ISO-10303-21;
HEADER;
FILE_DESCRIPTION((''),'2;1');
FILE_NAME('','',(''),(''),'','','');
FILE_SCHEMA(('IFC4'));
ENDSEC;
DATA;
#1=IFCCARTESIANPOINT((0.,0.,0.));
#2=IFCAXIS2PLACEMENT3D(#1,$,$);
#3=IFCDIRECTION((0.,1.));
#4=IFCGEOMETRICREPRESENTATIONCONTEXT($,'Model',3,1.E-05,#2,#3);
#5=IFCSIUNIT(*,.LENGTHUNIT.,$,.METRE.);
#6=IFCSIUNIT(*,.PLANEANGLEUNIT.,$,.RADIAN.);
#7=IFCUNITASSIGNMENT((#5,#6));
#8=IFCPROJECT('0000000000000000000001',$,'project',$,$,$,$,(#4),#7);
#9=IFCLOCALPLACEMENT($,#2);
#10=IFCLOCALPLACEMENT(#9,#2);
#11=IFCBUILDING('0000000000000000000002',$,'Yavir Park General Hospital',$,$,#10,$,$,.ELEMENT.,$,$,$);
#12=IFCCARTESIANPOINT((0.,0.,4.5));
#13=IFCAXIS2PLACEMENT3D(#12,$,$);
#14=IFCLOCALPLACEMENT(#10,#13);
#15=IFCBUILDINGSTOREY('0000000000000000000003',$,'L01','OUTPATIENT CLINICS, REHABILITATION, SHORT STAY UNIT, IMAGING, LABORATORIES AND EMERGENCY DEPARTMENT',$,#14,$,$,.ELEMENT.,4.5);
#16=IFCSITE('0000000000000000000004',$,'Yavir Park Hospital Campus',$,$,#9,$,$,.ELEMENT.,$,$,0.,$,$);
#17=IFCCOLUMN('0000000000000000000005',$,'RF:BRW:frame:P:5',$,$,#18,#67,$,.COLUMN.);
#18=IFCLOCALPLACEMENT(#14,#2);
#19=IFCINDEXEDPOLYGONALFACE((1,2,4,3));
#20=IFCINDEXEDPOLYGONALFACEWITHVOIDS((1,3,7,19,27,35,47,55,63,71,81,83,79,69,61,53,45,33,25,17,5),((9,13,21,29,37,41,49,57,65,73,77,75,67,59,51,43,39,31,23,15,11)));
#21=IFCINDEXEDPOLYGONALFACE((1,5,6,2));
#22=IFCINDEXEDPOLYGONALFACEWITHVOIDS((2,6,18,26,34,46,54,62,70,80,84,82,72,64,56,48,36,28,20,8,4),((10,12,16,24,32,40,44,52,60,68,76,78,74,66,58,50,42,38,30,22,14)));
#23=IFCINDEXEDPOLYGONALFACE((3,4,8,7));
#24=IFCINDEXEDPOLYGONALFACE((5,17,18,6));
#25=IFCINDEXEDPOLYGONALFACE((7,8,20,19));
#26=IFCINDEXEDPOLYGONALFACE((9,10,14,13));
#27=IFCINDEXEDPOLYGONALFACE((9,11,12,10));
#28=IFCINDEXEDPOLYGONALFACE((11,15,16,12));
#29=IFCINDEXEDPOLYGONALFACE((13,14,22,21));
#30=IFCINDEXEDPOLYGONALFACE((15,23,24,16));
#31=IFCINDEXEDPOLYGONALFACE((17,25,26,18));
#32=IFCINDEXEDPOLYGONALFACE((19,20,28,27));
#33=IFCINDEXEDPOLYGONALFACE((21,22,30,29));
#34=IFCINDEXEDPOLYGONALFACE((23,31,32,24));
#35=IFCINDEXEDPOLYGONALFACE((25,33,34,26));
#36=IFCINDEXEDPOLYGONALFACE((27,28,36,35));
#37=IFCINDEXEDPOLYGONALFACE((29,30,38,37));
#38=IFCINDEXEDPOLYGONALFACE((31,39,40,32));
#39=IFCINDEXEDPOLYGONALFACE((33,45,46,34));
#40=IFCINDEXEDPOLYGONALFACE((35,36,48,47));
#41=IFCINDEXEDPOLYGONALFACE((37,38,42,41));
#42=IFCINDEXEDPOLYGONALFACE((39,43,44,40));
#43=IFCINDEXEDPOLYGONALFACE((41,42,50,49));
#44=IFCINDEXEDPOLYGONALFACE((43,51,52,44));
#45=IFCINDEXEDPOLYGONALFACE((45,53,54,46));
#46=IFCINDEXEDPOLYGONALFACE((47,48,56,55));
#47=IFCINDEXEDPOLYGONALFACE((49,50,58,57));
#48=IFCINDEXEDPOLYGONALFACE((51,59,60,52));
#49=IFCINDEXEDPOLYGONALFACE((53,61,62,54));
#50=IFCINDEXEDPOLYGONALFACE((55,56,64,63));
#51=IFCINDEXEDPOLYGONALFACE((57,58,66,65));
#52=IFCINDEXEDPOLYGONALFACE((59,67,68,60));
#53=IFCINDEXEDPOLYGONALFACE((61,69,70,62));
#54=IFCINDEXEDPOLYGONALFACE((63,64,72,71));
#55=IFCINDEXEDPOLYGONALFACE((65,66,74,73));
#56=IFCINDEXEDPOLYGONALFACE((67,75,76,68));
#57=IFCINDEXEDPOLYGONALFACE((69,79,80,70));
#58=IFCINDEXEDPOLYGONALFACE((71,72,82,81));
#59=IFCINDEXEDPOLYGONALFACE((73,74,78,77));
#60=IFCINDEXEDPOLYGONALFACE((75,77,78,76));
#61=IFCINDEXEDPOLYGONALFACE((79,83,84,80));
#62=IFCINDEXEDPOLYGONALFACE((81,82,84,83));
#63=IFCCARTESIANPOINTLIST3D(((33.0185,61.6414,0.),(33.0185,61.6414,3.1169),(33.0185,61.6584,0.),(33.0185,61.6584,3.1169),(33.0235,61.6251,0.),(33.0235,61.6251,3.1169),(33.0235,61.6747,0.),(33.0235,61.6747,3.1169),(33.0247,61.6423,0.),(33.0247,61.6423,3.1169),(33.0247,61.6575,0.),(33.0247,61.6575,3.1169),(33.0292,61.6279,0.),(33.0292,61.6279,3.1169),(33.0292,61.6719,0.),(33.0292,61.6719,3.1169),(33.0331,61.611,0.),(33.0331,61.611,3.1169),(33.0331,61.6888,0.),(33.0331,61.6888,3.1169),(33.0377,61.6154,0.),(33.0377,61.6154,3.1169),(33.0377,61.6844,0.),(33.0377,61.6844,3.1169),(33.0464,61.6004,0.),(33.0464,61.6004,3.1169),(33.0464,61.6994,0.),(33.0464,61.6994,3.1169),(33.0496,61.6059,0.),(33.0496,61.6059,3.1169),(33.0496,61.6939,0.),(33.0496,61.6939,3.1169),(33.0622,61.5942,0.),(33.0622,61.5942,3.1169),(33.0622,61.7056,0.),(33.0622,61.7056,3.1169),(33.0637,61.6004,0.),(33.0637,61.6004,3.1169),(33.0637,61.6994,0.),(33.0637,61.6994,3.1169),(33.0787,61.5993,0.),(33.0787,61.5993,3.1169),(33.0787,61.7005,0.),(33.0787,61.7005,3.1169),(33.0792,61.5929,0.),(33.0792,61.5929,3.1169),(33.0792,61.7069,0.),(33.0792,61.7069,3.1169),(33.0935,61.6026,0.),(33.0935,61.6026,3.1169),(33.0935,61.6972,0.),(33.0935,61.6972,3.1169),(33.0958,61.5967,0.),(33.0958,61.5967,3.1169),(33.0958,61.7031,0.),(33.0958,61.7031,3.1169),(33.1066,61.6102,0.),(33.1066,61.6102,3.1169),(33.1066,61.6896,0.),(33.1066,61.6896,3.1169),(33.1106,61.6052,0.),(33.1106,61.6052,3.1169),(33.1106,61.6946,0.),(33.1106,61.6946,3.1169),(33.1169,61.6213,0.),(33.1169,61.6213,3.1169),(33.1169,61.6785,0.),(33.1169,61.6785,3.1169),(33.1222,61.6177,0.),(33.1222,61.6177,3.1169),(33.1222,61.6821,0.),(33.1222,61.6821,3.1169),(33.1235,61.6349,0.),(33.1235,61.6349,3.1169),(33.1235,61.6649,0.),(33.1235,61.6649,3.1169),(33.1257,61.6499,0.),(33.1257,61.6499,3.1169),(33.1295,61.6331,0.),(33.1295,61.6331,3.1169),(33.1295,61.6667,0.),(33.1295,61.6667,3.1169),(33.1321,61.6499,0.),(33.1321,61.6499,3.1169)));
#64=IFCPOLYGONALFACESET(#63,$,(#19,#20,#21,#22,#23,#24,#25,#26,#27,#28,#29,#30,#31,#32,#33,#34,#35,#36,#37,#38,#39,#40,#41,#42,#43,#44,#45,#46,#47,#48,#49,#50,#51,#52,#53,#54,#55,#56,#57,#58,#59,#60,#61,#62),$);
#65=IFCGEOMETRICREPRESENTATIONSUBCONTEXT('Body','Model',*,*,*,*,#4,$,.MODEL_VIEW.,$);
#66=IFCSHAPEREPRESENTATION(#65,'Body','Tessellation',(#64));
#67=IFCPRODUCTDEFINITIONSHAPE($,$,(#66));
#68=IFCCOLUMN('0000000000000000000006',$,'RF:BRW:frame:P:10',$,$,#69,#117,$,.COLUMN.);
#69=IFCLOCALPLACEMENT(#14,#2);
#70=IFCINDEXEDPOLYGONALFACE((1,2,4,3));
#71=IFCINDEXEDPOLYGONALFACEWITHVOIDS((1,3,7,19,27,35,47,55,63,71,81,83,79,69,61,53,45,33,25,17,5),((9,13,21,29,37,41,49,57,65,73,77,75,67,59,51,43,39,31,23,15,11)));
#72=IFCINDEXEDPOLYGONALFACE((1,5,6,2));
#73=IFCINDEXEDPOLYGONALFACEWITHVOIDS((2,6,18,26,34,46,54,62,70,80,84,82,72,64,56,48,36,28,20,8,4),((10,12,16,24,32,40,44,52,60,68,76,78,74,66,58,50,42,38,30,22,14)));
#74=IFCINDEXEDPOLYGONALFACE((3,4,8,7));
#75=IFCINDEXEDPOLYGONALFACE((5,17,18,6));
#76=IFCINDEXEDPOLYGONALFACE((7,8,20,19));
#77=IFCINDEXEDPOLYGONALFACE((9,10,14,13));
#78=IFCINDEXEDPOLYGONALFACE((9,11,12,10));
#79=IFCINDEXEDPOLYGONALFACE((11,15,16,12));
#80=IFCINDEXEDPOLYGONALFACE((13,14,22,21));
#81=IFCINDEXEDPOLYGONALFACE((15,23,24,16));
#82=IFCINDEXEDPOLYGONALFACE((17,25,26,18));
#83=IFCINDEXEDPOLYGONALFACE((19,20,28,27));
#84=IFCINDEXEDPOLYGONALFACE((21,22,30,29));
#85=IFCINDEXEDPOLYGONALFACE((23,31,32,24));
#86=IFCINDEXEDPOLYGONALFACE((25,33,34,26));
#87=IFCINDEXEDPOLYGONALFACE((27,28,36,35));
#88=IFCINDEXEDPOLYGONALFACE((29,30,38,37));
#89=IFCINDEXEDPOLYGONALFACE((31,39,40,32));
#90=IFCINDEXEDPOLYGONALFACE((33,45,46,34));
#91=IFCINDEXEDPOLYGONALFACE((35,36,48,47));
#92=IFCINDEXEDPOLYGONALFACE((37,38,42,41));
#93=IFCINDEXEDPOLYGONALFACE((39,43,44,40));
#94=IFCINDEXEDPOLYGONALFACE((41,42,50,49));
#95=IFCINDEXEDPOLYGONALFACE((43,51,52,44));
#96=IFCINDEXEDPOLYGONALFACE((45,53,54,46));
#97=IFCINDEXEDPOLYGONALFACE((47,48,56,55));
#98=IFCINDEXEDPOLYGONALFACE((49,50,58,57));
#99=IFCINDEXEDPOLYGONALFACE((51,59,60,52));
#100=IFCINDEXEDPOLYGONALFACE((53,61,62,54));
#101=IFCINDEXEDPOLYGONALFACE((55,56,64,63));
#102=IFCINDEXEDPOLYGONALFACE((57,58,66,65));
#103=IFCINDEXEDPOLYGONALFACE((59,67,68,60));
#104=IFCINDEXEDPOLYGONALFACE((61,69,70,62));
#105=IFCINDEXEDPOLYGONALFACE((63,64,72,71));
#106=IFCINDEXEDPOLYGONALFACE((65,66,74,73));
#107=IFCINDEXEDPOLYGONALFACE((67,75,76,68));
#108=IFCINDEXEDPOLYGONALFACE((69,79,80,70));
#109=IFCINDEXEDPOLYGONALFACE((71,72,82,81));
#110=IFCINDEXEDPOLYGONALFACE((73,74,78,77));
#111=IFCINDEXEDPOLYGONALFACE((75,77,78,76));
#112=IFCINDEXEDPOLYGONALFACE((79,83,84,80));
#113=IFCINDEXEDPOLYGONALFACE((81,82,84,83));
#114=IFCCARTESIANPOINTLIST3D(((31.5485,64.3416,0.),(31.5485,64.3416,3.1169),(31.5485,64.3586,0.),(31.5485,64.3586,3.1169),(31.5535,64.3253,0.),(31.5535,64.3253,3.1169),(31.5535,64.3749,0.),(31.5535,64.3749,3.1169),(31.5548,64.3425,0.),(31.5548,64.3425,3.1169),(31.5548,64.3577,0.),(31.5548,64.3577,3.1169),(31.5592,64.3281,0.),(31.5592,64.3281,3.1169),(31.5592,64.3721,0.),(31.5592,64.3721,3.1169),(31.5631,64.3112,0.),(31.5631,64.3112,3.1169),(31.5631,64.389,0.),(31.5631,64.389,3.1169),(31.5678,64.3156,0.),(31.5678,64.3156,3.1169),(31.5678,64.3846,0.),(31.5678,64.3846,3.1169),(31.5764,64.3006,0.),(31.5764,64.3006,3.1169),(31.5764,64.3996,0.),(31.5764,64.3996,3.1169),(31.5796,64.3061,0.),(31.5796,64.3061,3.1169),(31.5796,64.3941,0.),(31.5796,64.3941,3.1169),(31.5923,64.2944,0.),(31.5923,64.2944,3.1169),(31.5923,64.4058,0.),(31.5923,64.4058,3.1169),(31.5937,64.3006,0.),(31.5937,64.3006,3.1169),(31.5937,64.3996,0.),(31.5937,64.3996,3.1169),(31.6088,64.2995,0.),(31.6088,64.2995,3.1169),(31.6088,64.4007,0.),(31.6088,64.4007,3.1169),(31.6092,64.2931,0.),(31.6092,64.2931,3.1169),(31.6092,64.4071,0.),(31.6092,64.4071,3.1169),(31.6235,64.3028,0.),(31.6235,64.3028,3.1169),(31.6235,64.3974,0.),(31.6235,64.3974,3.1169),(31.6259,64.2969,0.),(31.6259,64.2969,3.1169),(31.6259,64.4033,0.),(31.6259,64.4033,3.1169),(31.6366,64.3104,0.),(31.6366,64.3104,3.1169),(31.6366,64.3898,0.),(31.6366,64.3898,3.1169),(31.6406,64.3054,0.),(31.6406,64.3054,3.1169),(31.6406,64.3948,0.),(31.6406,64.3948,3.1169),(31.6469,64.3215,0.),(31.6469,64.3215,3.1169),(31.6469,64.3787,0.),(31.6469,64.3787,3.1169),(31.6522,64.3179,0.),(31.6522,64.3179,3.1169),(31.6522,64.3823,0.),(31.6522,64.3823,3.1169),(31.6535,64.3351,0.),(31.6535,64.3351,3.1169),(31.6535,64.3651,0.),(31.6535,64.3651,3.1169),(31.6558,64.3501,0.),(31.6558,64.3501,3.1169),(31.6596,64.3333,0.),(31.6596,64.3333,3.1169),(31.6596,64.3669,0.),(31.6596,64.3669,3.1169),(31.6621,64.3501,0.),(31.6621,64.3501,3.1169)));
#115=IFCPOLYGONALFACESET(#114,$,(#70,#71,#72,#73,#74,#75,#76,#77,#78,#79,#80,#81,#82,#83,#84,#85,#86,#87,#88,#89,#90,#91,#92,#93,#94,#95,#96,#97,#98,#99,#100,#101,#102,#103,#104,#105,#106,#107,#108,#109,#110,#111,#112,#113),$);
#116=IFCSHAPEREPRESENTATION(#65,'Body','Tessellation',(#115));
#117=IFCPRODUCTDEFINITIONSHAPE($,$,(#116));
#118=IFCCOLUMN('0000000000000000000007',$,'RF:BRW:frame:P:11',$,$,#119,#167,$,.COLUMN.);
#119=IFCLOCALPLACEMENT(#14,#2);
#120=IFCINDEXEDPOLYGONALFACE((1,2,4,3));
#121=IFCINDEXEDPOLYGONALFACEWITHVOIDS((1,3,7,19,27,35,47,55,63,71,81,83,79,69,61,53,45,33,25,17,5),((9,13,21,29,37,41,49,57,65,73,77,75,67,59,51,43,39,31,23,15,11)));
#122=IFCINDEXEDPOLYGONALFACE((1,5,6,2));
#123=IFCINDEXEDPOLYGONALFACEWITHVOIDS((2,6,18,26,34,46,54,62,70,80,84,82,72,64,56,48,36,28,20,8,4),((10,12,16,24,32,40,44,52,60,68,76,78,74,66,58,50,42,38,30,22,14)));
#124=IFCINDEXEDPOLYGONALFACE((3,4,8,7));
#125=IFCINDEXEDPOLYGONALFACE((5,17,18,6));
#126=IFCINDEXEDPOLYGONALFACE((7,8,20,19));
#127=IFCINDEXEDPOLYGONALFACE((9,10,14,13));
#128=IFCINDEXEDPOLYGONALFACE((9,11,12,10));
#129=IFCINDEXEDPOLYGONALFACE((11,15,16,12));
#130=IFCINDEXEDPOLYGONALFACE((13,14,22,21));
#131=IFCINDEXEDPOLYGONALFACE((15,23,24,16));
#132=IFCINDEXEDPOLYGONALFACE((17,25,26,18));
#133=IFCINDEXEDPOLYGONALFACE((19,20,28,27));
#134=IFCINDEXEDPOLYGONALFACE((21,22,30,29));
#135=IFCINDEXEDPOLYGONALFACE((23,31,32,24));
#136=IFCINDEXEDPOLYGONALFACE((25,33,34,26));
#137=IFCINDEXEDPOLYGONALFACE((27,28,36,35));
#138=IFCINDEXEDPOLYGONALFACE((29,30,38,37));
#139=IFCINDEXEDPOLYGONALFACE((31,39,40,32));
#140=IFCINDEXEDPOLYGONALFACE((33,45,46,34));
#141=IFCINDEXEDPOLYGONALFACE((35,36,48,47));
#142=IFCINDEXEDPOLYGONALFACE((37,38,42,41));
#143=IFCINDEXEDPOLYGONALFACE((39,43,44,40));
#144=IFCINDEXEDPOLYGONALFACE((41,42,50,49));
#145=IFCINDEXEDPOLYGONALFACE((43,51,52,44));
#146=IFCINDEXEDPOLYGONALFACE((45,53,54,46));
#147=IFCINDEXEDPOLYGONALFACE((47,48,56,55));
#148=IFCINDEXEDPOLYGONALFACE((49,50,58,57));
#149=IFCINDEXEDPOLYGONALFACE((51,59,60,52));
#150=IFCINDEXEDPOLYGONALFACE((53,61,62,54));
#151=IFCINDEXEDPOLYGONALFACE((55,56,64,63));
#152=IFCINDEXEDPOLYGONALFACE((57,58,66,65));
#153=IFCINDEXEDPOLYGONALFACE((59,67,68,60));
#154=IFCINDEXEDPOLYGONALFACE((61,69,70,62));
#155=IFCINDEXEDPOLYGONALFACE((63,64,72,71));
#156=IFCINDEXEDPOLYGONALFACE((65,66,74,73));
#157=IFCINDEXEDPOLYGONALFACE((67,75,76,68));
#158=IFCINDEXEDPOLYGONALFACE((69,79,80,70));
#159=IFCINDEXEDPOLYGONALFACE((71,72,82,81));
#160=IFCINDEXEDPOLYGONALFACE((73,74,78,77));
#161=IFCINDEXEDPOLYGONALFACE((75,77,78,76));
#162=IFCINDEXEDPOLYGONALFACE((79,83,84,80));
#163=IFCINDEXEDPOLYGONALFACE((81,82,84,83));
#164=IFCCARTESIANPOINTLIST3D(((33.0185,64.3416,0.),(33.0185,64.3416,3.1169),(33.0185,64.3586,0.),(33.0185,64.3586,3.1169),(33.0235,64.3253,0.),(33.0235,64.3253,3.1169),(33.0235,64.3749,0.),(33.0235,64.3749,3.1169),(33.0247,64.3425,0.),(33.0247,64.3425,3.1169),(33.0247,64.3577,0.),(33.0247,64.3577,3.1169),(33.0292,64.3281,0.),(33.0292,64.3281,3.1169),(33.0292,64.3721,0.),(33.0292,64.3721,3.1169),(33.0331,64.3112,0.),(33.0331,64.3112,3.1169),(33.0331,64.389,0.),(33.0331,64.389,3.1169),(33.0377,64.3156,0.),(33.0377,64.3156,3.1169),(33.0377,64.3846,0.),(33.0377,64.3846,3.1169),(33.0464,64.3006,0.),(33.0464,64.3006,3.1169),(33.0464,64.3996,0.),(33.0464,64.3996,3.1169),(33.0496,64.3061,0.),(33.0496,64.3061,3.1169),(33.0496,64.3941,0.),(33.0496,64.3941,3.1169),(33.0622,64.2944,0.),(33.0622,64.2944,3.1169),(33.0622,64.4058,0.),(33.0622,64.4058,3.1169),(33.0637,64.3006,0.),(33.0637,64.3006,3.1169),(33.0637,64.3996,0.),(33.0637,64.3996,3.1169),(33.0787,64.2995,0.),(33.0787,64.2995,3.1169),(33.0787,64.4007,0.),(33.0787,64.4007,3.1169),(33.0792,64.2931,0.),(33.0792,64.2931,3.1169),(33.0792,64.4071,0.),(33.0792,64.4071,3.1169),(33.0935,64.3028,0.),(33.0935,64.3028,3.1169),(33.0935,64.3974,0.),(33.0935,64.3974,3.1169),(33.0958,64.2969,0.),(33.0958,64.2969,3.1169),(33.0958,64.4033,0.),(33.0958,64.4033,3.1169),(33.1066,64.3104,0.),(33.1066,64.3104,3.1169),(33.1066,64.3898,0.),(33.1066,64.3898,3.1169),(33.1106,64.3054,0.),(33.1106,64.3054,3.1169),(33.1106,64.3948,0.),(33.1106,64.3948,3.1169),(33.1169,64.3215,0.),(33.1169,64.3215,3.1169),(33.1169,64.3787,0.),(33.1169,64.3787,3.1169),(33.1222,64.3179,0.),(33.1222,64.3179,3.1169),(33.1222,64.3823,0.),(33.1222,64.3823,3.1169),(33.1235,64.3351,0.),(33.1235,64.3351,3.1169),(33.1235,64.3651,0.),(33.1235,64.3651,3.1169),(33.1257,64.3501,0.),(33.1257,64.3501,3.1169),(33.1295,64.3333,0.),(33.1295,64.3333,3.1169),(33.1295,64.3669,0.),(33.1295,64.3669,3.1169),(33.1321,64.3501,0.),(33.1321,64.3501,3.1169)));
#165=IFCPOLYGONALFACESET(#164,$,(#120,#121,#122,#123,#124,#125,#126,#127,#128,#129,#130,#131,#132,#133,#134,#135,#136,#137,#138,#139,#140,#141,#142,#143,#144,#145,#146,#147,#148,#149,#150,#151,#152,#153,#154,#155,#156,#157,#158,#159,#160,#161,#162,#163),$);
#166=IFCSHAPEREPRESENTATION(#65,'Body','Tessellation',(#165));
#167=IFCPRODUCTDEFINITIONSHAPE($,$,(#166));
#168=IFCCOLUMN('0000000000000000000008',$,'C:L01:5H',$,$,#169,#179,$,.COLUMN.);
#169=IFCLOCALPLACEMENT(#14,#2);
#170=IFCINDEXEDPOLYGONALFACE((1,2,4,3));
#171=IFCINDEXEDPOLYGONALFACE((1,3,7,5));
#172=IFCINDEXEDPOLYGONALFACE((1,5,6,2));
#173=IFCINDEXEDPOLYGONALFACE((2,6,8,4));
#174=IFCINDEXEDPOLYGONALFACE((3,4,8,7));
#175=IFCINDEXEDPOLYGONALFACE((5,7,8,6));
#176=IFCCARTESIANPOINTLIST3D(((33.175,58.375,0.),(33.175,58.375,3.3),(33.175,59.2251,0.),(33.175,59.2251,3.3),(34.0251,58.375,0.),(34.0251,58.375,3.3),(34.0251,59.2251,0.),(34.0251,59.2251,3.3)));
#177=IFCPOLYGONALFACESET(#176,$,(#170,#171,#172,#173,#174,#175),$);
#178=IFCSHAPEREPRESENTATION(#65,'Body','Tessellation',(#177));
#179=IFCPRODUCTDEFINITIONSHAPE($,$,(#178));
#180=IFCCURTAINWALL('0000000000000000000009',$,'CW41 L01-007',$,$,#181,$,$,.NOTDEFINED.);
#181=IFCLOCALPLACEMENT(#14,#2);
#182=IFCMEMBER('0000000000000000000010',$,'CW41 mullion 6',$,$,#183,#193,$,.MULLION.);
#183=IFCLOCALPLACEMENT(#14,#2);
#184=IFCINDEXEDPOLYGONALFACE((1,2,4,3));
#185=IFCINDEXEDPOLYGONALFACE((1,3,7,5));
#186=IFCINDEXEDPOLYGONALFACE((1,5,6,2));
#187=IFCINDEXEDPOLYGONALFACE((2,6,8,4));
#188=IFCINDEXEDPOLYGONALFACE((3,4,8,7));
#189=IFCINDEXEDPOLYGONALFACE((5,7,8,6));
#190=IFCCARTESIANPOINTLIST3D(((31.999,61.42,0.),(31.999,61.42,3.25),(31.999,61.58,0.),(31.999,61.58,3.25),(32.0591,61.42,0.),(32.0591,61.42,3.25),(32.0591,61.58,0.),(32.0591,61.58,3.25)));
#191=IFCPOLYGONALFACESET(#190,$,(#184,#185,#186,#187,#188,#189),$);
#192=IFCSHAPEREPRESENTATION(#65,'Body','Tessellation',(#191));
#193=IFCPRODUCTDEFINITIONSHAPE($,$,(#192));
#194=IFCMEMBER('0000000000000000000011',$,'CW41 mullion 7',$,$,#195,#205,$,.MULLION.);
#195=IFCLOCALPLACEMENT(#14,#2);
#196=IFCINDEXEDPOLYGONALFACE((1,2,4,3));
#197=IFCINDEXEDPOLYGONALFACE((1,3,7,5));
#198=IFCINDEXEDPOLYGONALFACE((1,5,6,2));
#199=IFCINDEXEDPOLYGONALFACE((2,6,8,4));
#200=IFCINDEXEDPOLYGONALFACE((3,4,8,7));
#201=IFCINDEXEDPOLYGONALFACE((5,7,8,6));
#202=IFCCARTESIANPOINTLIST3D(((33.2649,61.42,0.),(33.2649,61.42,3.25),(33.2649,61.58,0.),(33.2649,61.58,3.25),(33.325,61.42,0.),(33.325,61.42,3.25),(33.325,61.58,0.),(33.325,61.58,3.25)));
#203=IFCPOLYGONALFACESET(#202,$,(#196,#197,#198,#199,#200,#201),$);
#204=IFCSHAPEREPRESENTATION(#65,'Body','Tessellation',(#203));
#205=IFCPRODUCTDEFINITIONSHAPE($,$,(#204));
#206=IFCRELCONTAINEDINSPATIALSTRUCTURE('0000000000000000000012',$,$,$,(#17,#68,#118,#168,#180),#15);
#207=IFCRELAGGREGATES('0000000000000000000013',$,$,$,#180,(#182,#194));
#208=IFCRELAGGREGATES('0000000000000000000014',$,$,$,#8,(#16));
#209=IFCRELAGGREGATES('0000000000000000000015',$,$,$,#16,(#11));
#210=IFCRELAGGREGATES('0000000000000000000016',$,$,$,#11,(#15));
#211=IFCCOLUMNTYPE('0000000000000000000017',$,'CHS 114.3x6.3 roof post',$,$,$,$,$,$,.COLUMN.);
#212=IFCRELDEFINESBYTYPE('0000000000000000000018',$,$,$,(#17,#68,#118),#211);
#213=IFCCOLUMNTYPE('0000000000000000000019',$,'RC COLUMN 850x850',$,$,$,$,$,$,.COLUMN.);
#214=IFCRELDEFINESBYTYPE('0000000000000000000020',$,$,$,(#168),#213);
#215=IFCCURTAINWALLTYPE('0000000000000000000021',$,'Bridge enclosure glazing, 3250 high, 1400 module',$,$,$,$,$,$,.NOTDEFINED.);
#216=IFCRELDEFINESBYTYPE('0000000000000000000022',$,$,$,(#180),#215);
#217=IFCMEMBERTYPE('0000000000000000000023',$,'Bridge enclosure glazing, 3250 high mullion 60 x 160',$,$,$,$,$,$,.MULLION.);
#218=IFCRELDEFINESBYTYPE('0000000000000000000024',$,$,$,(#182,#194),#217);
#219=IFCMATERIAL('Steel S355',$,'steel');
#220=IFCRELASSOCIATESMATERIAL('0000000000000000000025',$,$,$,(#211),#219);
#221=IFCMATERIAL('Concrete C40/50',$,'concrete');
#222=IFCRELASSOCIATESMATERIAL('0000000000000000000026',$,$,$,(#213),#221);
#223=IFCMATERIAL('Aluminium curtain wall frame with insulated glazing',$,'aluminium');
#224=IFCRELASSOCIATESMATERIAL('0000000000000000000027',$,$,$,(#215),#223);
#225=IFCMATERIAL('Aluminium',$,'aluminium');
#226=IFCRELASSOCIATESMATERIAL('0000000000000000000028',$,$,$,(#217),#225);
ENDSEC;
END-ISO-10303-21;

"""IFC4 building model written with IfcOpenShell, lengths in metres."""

from ifc_helpers import new_model, si_unit, direction, frame, origin, origin_2d, place, context, subcontext, project, spatial, rectangle, hollow_circle, extrude, material, material_profile, profile_set, type_object, element, aggregate, save


model = new_model("IFC4")

# Units and contexts
model_context = context("Model", 3, precision=1e-05, world=origin(), true_north=direction((0.0, 1.0)))
body_context = subcontext(model_context, "Body", "Model", "MODEL_VIEW")
ifc_project = project(units=[si_unit("LENGTHUNIT", "METRE"), si_unit("PLANEANGLEUNIT", "RADIAN")], contexts=[model_context])

# Site, building, storey
site_placement = place(None, origin())
site = spatial("IfcSite", under=ifc_project, at=site_placement, Name="Yavir Park Hospital Campus", CompositionType="ELEMENT", RefElevation=0.0)
building_placement = place(site_placement, origin())
building = spatial("IfcBuilding", under=site, at=building_placement, Name="Yavir Park General Hospital", CompositionType="ELEMENT")
storey_placement = place(building_placement, frame((0.0, 0.0, 4.5)))
storey = spatial("IfcBuildingStorey", under=building, at=storey_placement, Name="L01", Description="OUTPATIENT CLINICS, REHABILITATION, SHORT STAY UNIT, IMAGING, LABORATORIES AND EMERGENCY DEPARTMENT", CompositionType="ELEMENT", Elevation=4.5)

# Columns
ifc_material_1 = material(Name="Steel S355", Category="steel")
ifc_material_profile_1 = material_profile(ifc_material_1, hollow_circle(Radius=0.0571, WallThickness=0.0063, at=origin_2d()), Name="CHS114.3x6.3")
ifc_profile_set_1 = profile_set([ifc_material_profile_1], Name="Steel S355")
column_type_1 = type_object("IfcColumnType", Name="CHS 114.3x6.3 roof post", PredefinedType="COLUMN", material=ifc_profile_set_1)
for number, where, z_axis, x_axis, name in (
    (1, (33.075, 61.6499, 0.0), (0.0, 0.0, 1.0), (1.0, 0.0, 0.0), "RF:BRW:frame:P:5"),
    (2, (31.605, 64.3501, 0.0), (0.0, 0.0, 1.0), (1.0, 0.0, 0.0), "RF:BRW:frame:P:10"),
    (3, (33.075, 64.3501, 0.0), (0.0, 0.0, 1.0), (1.0, 0.0, 0.0), "RF:BRW:frame:P:11"),
):
    element("IfcColumn", number, at=place(storey_placement, frame(where, z_axis=z_axis, x_axis=x_axis)), inside=storey, type_object=column_type_1, Name=name, PredefinedType="COLUMN", context=body_context, shape_type="SweptSolid", body=[
        extrude(hollow_circle(Radius=0.0571, WallThickness=0.0063, at=origin_2d()), origin(), (0.0, 0.0, 1.0), 3.1169),
    ])
ifc_material_2 = material(Name="Concrete C40/50", Category="concrete")
ifc_material_profile_2 = material_profile(ifc_material_2, rectangle(XDim=0.8501, YDim=0.8501, at=origin_2d()), Name="RC850x850")
ifc_profile_set_2 = profile_set([ifc_material_profile_2], Name="Concrete C40/50")
column_type_2 = type_object("IfcColumnType", Name="RC COLUMN 850x850", PredefinedType="COLUMN", material=ifc_profile_set_2)
column_placement = place(storey_placement, frame((33.6001, 58.8, 0.0), z_axis=(0.0, 0.0, 1.0), x_axis=(1.0, 0.0, 0.0)))
element("IfcColumn", 4, at=column_placement, inside=storey, type_object=column_type_2, Name="C:L01:5H", PredefinedType="COLUMN", context=body_context, shape_type="SweptSolid", body=[
    extrude(rectangle(XDim=0.8501, YDim=0.8501, at=origin_2d()), origin(), (0.0, 0.0, 1.0), 3.3),
])

# Curtain wall, members
ifc_material_3 = material(Name="Aluminium curtain wall frame with insulated glazing", Category="aluminium")
curtain_wall_type = type_object("IfcCurtainWallType", Name="Bridge enclosure glazing, 3250 high, 1400 module", PredefinedType="NOTDEFINED", material=ifc_material_3)
curtain_wall_1_placement = place(storey_placement, origin())
curtain_wall_1 = element("IfcCurtainWall", 5, at=curtain_wall_1_placement, inside=storey, type_object=curtain_wall_type, Name="CW41 L01-007", PredefinedType="NOTDEFINED")
ifc_material_4 = material(Name="Aluminium", Category="aluminium")
ifc_material_profile_3 = material_profile(ifc_material_4, rectangle(XDim=0.1599, YDim=0.0601, at=origin_2d()), Name="AL 60x160")
ifc_profile_set_3 = profile_set([ifc_material_profile_3], Name="Aluminium")
member_type_1 = type_object("IfcMemberType", Name="Bridge enclosure glazing, 3250 high mullion 60 x 160", PredefinedType="MULLION", material=ifc_profile_set_3)
member_1_placement = place(storey_placement, frame((32.0291, 61.5, 0.0), z_axis=(0.0, 0.0, 1.0), x_axis=(0.0, 1.0, 0.0)))
member_1 = element("IfcMember", 6, at=member_1_placement, type_object=member_type_1, Name="CW41 mullion 6", PredefinedType="MULLION", context=body_context, shape_type="SweptSolid", body=[
    extrude(rectangle(XDim=0.1599, YDim=0.0601, at=origin_2d()), origin(), (0.0, 0.0, 1.0), 3.25),
])
member_2_placement = place(storey_placement, frame((33.2949, 61.5, 0.0), z_axis=(0.0, 0.0, 1.0), x_axis=(0.0, 1.0, 0.0)))
member_2 = element("IfcMember", 7, at=member_2_placement, type_object=member_type_1, Name="CW41 mullion 7", PredefinedType="MULLION", context=body_context, shape_type="SweptSolid", body=[
    extrude(rectangle(XDim=0.1599, YDim=0.0601, at=origin_2d()), origin(), (0.0, 0.0, 1.0), 3.25),
])

aggregate(curtain_wall_1, [member_1, member_2])

save(model, "model.ifc")
